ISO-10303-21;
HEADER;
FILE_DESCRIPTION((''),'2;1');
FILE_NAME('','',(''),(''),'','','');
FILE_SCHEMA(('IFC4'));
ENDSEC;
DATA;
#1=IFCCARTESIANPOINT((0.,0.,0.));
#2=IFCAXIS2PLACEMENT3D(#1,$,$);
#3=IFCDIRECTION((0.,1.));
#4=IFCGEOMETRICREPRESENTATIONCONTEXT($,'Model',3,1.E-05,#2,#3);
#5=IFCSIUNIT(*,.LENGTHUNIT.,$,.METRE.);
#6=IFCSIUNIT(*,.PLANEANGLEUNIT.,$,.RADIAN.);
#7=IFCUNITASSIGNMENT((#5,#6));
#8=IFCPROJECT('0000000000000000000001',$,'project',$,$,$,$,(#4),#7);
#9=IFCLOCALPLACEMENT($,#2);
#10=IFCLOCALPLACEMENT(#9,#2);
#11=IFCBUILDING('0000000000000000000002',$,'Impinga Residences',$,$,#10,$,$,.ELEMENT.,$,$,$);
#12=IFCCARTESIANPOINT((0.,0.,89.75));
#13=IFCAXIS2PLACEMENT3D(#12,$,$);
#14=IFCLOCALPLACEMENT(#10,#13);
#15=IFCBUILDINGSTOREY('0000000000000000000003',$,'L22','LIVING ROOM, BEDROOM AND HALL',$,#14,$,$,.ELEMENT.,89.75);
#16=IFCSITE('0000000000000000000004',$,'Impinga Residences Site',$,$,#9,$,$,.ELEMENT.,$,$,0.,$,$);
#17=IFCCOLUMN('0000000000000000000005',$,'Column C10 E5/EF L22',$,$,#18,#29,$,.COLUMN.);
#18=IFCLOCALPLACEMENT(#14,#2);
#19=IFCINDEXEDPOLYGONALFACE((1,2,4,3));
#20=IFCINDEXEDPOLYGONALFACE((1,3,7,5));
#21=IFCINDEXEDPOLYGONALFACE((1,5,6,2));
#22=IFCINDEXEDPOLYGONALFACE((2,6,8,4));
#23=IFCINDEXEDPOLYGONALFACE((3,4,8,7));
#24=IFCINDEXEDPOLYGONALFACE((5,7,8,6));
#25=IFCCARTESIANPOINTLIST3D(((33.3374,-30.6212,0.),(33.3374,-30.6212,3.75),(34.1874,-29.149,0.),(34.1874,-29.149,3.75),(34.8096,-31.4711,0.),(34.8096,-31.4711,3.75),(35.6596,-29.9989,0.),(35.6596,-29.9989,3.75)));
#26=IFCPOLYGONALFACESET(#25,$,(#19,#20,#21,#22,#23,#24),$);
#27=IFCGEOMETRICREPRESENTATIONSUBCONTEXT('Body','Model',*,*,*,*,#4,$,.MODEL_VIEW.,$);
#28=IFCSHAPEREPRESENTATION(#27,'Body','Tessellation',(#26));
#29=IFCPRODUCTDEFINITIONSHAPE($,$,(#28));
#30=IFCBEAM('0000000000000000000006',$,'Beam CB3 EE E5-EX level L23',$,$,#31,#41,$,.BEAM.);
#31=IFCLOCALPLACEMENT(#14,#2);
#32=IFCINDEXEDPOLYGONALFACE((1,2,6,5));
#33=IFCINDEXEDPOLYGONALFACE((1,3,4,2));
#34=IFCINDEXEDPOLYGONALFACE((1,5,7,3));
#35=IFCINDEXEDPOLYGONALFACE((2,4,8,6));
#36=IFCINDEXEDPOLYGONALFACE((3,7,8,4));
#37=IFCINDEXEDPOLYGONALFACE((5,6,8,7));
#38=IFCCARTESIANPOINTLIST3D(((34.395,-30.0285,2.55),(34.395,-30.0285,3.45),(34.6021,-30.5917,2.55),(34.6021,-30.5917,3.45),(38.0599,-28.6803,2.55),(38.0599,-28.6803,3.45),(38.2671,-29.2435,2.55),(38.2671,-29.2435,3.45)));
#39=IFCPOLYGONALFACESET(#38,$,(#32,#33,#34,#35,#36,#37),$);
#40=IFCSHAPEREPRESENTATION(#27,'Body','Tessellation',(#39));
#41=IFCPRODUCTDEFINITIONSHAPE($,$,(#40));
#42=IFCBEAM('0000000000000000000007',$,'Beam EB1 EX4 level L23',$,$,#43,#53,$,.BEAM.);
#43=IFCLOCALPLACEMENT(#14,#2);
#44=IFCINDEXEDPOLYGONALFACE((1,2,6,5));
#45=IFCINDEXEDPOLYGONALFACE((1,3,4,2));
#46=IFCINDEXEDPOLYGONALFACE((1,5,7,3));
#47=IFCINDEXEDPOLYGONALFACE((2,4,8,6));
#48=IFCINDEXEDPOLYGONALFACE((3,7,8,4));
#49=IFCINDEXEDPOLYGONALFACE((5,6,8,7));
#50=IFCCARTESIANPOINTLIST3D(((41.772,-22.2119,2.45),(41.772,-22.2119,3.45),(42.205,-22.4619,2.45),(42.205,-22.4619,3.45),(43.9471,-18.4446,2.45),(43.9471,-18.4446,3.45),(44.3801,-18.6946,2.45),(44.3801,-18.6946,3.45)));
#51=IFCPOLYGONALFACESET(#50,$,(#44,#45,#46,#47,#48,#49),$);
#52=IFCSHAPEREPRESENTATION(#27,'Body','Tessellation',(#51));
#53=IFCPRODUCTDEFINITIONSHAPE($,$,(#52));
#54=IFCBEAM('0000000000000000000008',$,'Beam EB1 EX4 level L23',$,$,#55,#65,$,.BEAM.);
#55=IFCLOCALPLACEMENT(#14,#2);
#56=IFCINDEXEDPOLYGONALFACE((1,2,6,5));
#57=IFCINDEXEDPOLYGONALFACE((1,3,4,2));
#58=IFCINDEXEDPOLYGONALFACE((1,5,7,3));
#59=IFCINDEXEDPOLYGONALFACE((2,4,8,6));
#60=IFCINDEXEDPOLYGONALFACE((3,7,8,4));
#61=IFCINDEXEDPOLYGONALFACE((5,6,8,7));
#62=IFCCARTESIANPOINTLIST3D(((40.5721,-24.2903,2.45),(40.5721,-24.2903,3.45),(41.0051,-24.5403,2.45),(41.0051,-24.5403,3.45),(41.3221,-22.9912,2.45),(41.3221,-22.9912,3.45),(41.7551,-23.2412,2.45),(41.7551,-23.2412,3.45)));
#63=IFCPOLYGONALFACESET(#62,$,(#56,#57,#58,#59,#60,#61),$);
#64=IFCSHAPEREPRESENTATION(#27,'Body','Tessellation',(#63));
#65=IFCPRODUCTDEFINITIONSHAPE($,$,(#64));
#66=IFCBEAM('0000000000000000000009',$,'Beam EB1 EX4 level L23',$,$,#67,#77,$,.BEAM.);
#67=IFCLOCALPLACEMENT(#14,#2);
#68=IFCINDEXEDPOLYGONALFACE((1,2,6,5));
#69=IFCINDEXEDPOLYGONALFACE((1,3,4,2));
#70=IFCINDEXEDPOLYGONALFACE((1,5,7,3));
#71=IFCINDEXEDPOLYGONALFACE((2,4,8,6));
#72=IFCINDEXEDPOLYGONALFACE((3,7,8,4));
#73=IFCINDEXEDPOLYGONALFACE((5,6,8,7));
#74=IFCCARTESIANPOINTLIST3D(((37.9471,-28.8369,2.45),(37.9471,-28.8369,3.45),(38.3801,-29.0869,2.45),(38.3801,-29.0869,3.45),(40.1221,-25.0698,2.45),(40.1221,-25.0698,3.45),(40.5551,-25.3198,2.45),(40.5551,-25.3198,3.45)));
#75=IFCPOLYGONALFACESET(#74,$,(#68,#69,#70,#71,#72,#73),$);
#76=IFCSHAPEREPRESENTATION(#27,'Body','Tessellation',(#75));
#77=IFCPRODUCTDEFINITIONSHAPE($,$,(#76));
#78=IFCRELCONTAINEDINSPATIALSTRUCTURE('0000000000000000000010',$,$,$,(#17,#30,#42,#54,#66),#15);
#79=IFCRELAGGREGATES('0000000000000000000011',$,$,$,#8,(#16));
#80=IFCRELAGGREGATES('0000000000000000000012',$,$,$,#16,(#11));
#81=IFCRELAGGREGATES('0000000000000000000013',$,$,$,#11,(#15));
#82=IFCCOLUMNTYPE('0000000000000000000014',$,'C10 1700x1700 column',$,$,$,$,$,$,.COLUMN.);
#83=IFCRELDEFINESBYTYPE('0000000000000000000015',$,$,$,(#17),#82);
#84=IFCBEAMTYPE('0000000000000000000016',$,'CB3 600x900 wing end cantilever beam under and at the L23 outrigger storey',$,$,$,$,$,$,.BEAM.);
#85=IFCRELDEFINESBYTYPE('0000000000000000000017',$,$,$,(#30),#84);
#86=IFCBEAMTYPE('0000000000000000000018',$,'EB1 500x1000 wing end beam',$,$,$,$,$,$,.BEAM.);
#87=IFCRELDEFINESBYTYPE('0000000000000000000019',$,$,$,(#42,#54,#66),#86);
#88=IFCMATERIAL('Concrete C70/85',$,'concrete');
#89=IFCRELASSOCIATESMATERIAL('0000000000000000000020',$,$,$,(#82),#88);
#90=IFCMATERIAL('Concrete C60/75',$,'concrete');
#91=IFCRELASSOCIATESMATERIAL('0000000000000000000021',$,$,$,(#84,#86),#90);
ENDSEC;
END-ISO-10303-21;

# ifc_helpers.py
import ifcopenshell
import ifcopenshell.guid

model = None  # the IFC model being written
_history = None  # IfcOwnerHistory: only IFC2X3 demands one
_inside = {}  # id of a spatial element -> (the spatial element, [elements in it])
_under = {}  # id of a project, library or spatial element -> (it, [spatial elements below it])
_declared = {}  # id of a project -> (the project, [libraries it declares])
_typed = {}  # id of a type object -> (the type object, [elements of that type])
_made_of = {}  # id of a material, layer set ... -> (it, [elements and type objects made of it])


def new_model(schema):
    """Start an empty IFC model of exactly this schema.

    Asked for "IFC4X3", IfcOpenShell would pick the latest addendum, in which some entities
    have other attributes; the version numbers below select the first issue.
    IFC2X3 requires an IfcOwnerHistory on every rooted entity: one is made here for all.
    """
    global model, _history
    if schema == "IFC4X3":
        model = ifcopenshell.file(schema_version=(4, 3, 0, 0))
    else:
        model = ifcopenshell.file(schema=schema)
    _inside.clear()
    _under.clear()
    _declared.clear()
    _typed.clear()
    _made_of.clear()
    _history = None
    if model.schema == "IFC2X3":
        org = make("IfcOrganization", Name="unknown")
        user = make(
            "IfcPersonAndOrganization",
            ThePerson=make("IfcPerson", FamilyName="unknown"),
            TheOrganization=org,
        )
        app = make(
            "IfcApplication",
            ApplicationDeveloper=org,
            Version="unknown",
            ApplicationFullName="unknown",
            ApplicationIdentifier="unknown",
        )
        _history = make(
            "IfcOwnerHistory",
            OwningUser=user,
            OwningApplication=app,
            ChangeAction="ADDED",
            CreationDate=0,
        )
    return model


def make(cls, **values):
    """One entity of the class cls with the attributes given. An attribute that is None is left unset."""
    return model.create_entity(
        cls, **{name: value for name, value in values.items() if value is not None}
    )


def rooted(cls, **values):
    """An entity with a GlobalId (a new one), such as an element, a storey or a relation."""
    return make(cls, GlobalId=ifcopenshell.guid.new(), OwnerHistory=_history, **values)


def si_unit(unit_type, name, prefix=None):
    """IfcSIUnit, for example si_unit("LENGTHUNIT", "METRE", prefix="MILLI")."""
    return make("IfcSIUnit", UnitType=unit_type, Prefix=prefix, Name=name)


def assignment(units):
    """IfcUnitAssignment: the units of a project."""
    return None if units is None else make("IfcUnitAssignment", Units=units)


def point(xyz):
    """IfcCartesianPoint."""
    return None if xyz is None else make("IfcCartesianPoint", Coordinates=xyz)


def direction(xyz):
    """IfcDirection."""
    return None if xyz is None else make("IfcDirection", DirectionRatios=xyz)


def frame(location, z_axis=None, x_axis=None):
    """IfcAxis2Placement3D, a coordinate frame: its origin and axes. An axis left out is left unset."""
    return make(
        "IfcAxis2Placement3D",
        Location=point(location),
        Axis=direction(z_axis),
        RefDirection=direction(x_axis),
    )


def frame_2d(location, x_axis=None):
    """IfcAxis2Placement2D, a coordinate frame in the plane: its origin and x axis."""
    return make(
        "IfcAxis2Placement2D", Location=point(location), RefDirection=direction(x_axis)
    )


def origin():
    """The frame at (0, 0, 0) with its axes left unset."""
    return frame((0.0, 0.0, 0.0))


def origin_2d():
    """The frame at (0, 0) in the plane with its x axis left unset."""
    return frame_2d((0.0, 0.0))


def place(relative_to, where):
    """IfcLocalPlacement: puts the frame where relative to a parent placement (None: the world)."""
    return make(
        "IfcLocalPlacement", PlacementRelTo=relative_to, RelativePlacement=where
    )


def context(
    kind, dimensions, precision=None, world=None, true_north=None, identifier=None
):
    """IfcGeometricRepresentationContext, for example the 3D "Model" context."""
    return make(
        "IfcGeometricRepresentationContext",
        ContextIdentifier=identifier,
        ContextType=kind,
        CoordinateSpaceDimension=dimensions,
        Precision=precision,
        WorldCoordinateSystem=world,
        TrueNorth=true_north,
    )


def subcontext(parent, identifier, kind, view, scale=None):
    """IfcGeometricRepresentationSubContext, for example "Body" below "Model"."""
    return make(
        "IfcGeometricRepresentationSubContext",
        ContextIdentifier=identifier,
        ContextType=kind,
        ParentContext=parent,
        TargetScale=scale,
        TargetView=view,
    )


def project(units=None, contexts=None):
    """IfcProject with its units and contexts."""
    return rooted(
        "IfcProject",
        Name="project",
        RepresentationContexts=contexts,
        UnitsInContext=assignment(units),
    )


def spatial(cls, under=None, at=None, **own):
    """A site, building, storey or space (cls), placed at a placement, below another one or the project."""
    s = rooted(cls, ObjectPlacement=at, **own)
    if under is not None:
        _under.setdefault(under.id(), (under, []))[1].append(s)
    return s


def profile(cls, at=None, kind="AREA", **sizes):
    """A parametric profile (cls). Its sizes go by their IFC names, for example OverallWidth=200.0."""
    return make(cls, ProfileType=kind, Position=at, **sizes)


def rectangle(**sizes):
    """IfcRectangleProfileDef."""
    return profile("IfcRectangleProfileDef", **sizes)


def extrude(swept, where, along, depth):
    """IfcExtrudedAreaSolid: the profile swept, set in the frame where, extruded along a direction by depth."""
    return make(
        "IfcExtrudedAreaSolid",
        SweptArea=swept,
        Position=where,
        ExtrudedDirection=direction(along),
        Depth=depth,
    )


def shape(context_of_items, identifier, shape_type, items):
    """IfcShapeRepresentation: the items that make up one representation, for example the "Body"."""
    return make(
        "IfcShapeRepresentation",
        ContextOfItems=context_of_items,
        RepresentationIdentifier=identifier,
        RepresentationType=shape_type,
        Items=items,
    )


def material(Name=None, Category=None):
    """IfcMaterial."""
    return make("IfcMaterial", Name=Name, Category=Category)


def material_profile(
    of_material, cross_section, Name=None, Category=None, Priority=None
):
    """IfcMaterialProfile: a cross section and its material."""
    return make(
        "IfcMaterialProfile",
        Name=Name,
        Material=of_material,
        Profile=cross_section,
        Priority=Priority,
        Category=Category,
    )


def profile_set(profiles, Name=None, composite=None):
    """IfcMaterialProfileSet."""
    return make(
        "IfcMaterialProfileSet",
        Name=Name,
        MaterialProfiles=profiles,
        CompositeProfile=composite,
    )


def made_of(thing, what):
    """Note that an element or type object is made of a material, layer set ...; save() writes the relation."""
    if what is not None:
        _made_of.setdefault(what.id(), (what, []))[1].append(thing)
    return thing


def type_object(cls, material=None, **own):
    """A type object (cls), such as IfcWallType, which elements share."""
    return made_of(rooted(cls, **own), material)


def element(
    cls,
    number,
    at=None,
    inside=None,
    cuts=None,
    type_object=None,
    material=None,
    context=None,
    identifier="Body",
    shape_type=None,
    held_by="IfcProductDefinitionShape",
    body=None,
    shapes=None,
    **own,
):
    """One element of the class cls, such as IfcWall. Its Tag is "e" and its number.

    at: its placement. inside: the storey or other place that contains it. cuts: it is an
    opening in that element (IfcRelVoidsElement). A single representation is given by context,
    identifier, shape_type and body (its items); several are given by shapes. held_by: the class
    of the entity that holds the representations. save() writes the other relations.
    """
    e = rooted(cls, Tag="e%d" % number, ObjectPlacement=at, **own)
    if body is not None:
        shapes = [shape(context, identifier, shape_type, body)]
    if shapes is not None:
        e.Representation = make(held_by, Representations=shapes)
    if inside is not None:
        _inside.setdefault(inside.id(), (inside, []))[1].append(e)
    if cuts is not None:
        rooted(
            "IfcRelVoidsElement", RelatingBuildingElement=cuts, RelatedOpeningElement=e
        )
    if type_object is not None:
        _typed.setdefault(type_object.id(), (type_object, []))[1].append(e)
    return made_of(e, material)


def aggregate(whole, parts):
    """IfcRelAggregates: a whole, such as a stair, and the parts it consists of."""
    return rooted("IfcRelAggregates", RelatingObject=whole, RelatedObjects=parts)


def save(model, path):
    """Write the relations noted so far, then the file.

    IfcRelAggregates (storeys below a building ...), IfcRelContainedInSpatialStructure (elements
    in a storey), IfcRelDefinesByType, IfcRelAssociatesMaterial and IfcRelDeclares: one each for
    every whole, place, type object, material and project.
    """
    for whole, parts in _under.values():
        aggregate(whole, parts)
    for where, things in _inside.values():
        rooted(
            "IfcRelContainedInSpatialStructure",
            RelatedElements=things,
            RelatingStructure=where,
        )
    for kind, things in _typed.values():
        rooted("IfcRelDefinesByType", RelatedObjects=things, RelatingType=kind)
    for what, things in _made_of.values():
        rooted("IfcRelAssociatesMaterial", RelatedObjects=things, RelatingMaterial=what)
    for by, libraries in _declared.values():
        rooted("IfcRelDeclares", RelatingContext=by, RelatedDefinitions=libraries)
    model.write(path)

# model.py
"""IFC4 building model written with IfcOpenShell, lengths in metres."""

from ifc_helpers import new_model, si_unit, direction, frame, origin, origin_2d, place, context, subcontext, project, spatial, rectangle, extrude, material, material_profile, profile_set, type_object, element, save


model = new_model("IFC4")

# Units and contexts
model_context = context("Model", 3, precision=1e-05, world=origin(), true_north=direction((0.0, 1.0)))
body_context = subcontext(model_context, "Body", "Model", "MODEL_VIEW")
ifc_project = project(units=[si_unit("LENGTHUNIT", "METRE"), si_unit("PLANEANGLEUNIT", "RADIAN")], contexts=[model_context])

# Site, building, storey
site_placement = place(None, origin())
site = spatial("IfcSite", under=ifc_project, at=site_placement, Name="Impinga Residences Site", CompositionType="ELEMENT", RefElevation=0.0)
building_placement = place(site_placement, origin())
building = spatial("IfcBuilding", under=site, at=building_placement, Name="Impinga Residences", CompositionType="ELEMENT")
storey_placement = place(building_placement, frame((0.0, 0.0, 89.75)))
storey = spatial("IfcBuildingStorey", under=building, at=storey_placement, Name="L22", Description="LIVING ROOM, BEDROOM AND HALL", CompositionType="ELEMENT", Elevation=89.75)

# Column
ifc_material_1 = material(Name="Concrete C70/85", Category="concrete")
ifc_material_profile_1 = material_profile(ifc_material_1, rectangle(XDim=1.7, YDim=1.7, at=origin_2d()), Name="RC 1700x1700")
ifc_profile_set_1 = profile_set([ifc_material_profile_1], Name="Concrete C70/85")
column_type = type_object("IfcColumnType", Name="C10 1700x1700 column", PredefinedType="COLUMN", material=ifc_profile_set_1)
column_placement = place(storey_placement, frame((34.4985, -30.3101, 0.0), z_axis=(0.0, 0.0, 1.0), x_axis=(-0.5, -0.866025, 0.0)))
element("IfcColumn", 1, at=column_placement, inside=storey, type_object=column_type, Name="Column C10 E5/EF L22", PredefinedType="COLUMN", context=body_context, shape_type="SweptSolid", body=[
    extrude(rectangle(XDim=1.7, YDim=1.7, at=origin_2d()), origin(), (0.0, 0.0, 1.0), 3.75),
])

# Beams
ifc_material_2 = material(Name="Concrete C60/75", Category="concrete")
ifc_material_profile_2 = material_profile(ifc_material_2, rectangle(XDim=0.6001, YDim=0.8999, at=origin_2d()), Name="RC 600x900")
ifc_profile_set_2 = profile_set([ifc_material_profile_2], Name="Concrete C60/75")
beam_type_1 = type_object("IfcBeamType", Name="CB3 600x900 wing end cantilever beam under and at the L23 outrigger storey", PredefinedType="BEAM", material=ifc_profile_set_2)
beam_1_placement = place(storey_placement, frame((34.4985, -30.3101, 3.0), z_axis=(0.93852, 0.345224, 0.0), x_axis=(-0.345224, 0.93852, 0.0)))
element("IfcBeam", 2, at=beam_1_placement, inside=storey, type_object=beam_type_1, Name="Beam CB3 EE E5-EX level L23", PredefinedType="BEAM", context=body_context, shape_type="SweptSolid", body=[
    extrude(rectangle(XDim=0.6001, YDim=0.8999, at=origin_2d()), origin(), (0.0, 0.0, 1.0), 3.905),
])
ifc_material_profile_3 = material_profile(ifc_material_2, rectangle(XDim=0.5, YDim=1.0, at=origin_2d()), Name="RC 500x1000")
ifc_profile_set_3 = profile_set([ifc_material_profile_3], Name="Concrete C60/75")
beam_type_2 = type_object("IfcBeamType", Name="EB1 500x1000 wing end beam", PredefinedType="BEAM", material=ifc_profile_set_3)
beam_2_placement = place(storey_placement, frame((44.1636, -18.5696, 2.95), z_axis=(-0.499996, -0.866028, 0.0), x_axis=(0.866028, -0.499996, 0.0)))
element("IfcBeam", 3, at=beam_2_placement, inside=storey, type_object=beam_type_2, Name="Beam EB1 EX4 level L23", PredefinedType="BEAM", context=body_context, shape_type="SweptSolid", body=[
    extrude(rectangle(XDim=0.5, YDim=1.0, at=origin_2d()), origin(), (0.0, 0.0, 1.0), 4.3501),
])
beam_3_placement = place(storey_placement, frame((41.5386, -23.1162, 2.95), z_axis=(-0.49999, -0.866031, 0.0), x_axis=(0.866031, -0.49999, 0.0)))
element("IfcBeam", 4, at=beam_3_placement, inside=storey, type_object=beam_type_2, Name="Beam EB1 EX4 level L23", PredefinedType="BEAM", context=body_context, shape_type="SweptSolid", body=[
    extrude(rectangle(XDim=0.5, YDim=1.0, at=origin_2d()), origin(), (0.0, 0.0, 1.0), 1.5),
])
beam_4_placement = place(storey_placement, frame((40.3386, -25.1948, 2.95), z_axis=(-0.50002, -0.866014, 0.0), x_axis=(0.866014, -0.50002, 0.0)))
element("IfcBeam", 5, at=beam_4_placement, inside=storey, type_object=beam_type_2, Name="Beam EB1 EX4 level L23", PredefinedType="BEAM", context=body_context, shape_type="SweptSolid", body=[
    extrude(rectangle(XDim=0.5, YDim=1.0, at=origin_2d()), origin(), (0.0, 0.0, 1.0), 4.3499),
])

save(model, "model.ifc")
